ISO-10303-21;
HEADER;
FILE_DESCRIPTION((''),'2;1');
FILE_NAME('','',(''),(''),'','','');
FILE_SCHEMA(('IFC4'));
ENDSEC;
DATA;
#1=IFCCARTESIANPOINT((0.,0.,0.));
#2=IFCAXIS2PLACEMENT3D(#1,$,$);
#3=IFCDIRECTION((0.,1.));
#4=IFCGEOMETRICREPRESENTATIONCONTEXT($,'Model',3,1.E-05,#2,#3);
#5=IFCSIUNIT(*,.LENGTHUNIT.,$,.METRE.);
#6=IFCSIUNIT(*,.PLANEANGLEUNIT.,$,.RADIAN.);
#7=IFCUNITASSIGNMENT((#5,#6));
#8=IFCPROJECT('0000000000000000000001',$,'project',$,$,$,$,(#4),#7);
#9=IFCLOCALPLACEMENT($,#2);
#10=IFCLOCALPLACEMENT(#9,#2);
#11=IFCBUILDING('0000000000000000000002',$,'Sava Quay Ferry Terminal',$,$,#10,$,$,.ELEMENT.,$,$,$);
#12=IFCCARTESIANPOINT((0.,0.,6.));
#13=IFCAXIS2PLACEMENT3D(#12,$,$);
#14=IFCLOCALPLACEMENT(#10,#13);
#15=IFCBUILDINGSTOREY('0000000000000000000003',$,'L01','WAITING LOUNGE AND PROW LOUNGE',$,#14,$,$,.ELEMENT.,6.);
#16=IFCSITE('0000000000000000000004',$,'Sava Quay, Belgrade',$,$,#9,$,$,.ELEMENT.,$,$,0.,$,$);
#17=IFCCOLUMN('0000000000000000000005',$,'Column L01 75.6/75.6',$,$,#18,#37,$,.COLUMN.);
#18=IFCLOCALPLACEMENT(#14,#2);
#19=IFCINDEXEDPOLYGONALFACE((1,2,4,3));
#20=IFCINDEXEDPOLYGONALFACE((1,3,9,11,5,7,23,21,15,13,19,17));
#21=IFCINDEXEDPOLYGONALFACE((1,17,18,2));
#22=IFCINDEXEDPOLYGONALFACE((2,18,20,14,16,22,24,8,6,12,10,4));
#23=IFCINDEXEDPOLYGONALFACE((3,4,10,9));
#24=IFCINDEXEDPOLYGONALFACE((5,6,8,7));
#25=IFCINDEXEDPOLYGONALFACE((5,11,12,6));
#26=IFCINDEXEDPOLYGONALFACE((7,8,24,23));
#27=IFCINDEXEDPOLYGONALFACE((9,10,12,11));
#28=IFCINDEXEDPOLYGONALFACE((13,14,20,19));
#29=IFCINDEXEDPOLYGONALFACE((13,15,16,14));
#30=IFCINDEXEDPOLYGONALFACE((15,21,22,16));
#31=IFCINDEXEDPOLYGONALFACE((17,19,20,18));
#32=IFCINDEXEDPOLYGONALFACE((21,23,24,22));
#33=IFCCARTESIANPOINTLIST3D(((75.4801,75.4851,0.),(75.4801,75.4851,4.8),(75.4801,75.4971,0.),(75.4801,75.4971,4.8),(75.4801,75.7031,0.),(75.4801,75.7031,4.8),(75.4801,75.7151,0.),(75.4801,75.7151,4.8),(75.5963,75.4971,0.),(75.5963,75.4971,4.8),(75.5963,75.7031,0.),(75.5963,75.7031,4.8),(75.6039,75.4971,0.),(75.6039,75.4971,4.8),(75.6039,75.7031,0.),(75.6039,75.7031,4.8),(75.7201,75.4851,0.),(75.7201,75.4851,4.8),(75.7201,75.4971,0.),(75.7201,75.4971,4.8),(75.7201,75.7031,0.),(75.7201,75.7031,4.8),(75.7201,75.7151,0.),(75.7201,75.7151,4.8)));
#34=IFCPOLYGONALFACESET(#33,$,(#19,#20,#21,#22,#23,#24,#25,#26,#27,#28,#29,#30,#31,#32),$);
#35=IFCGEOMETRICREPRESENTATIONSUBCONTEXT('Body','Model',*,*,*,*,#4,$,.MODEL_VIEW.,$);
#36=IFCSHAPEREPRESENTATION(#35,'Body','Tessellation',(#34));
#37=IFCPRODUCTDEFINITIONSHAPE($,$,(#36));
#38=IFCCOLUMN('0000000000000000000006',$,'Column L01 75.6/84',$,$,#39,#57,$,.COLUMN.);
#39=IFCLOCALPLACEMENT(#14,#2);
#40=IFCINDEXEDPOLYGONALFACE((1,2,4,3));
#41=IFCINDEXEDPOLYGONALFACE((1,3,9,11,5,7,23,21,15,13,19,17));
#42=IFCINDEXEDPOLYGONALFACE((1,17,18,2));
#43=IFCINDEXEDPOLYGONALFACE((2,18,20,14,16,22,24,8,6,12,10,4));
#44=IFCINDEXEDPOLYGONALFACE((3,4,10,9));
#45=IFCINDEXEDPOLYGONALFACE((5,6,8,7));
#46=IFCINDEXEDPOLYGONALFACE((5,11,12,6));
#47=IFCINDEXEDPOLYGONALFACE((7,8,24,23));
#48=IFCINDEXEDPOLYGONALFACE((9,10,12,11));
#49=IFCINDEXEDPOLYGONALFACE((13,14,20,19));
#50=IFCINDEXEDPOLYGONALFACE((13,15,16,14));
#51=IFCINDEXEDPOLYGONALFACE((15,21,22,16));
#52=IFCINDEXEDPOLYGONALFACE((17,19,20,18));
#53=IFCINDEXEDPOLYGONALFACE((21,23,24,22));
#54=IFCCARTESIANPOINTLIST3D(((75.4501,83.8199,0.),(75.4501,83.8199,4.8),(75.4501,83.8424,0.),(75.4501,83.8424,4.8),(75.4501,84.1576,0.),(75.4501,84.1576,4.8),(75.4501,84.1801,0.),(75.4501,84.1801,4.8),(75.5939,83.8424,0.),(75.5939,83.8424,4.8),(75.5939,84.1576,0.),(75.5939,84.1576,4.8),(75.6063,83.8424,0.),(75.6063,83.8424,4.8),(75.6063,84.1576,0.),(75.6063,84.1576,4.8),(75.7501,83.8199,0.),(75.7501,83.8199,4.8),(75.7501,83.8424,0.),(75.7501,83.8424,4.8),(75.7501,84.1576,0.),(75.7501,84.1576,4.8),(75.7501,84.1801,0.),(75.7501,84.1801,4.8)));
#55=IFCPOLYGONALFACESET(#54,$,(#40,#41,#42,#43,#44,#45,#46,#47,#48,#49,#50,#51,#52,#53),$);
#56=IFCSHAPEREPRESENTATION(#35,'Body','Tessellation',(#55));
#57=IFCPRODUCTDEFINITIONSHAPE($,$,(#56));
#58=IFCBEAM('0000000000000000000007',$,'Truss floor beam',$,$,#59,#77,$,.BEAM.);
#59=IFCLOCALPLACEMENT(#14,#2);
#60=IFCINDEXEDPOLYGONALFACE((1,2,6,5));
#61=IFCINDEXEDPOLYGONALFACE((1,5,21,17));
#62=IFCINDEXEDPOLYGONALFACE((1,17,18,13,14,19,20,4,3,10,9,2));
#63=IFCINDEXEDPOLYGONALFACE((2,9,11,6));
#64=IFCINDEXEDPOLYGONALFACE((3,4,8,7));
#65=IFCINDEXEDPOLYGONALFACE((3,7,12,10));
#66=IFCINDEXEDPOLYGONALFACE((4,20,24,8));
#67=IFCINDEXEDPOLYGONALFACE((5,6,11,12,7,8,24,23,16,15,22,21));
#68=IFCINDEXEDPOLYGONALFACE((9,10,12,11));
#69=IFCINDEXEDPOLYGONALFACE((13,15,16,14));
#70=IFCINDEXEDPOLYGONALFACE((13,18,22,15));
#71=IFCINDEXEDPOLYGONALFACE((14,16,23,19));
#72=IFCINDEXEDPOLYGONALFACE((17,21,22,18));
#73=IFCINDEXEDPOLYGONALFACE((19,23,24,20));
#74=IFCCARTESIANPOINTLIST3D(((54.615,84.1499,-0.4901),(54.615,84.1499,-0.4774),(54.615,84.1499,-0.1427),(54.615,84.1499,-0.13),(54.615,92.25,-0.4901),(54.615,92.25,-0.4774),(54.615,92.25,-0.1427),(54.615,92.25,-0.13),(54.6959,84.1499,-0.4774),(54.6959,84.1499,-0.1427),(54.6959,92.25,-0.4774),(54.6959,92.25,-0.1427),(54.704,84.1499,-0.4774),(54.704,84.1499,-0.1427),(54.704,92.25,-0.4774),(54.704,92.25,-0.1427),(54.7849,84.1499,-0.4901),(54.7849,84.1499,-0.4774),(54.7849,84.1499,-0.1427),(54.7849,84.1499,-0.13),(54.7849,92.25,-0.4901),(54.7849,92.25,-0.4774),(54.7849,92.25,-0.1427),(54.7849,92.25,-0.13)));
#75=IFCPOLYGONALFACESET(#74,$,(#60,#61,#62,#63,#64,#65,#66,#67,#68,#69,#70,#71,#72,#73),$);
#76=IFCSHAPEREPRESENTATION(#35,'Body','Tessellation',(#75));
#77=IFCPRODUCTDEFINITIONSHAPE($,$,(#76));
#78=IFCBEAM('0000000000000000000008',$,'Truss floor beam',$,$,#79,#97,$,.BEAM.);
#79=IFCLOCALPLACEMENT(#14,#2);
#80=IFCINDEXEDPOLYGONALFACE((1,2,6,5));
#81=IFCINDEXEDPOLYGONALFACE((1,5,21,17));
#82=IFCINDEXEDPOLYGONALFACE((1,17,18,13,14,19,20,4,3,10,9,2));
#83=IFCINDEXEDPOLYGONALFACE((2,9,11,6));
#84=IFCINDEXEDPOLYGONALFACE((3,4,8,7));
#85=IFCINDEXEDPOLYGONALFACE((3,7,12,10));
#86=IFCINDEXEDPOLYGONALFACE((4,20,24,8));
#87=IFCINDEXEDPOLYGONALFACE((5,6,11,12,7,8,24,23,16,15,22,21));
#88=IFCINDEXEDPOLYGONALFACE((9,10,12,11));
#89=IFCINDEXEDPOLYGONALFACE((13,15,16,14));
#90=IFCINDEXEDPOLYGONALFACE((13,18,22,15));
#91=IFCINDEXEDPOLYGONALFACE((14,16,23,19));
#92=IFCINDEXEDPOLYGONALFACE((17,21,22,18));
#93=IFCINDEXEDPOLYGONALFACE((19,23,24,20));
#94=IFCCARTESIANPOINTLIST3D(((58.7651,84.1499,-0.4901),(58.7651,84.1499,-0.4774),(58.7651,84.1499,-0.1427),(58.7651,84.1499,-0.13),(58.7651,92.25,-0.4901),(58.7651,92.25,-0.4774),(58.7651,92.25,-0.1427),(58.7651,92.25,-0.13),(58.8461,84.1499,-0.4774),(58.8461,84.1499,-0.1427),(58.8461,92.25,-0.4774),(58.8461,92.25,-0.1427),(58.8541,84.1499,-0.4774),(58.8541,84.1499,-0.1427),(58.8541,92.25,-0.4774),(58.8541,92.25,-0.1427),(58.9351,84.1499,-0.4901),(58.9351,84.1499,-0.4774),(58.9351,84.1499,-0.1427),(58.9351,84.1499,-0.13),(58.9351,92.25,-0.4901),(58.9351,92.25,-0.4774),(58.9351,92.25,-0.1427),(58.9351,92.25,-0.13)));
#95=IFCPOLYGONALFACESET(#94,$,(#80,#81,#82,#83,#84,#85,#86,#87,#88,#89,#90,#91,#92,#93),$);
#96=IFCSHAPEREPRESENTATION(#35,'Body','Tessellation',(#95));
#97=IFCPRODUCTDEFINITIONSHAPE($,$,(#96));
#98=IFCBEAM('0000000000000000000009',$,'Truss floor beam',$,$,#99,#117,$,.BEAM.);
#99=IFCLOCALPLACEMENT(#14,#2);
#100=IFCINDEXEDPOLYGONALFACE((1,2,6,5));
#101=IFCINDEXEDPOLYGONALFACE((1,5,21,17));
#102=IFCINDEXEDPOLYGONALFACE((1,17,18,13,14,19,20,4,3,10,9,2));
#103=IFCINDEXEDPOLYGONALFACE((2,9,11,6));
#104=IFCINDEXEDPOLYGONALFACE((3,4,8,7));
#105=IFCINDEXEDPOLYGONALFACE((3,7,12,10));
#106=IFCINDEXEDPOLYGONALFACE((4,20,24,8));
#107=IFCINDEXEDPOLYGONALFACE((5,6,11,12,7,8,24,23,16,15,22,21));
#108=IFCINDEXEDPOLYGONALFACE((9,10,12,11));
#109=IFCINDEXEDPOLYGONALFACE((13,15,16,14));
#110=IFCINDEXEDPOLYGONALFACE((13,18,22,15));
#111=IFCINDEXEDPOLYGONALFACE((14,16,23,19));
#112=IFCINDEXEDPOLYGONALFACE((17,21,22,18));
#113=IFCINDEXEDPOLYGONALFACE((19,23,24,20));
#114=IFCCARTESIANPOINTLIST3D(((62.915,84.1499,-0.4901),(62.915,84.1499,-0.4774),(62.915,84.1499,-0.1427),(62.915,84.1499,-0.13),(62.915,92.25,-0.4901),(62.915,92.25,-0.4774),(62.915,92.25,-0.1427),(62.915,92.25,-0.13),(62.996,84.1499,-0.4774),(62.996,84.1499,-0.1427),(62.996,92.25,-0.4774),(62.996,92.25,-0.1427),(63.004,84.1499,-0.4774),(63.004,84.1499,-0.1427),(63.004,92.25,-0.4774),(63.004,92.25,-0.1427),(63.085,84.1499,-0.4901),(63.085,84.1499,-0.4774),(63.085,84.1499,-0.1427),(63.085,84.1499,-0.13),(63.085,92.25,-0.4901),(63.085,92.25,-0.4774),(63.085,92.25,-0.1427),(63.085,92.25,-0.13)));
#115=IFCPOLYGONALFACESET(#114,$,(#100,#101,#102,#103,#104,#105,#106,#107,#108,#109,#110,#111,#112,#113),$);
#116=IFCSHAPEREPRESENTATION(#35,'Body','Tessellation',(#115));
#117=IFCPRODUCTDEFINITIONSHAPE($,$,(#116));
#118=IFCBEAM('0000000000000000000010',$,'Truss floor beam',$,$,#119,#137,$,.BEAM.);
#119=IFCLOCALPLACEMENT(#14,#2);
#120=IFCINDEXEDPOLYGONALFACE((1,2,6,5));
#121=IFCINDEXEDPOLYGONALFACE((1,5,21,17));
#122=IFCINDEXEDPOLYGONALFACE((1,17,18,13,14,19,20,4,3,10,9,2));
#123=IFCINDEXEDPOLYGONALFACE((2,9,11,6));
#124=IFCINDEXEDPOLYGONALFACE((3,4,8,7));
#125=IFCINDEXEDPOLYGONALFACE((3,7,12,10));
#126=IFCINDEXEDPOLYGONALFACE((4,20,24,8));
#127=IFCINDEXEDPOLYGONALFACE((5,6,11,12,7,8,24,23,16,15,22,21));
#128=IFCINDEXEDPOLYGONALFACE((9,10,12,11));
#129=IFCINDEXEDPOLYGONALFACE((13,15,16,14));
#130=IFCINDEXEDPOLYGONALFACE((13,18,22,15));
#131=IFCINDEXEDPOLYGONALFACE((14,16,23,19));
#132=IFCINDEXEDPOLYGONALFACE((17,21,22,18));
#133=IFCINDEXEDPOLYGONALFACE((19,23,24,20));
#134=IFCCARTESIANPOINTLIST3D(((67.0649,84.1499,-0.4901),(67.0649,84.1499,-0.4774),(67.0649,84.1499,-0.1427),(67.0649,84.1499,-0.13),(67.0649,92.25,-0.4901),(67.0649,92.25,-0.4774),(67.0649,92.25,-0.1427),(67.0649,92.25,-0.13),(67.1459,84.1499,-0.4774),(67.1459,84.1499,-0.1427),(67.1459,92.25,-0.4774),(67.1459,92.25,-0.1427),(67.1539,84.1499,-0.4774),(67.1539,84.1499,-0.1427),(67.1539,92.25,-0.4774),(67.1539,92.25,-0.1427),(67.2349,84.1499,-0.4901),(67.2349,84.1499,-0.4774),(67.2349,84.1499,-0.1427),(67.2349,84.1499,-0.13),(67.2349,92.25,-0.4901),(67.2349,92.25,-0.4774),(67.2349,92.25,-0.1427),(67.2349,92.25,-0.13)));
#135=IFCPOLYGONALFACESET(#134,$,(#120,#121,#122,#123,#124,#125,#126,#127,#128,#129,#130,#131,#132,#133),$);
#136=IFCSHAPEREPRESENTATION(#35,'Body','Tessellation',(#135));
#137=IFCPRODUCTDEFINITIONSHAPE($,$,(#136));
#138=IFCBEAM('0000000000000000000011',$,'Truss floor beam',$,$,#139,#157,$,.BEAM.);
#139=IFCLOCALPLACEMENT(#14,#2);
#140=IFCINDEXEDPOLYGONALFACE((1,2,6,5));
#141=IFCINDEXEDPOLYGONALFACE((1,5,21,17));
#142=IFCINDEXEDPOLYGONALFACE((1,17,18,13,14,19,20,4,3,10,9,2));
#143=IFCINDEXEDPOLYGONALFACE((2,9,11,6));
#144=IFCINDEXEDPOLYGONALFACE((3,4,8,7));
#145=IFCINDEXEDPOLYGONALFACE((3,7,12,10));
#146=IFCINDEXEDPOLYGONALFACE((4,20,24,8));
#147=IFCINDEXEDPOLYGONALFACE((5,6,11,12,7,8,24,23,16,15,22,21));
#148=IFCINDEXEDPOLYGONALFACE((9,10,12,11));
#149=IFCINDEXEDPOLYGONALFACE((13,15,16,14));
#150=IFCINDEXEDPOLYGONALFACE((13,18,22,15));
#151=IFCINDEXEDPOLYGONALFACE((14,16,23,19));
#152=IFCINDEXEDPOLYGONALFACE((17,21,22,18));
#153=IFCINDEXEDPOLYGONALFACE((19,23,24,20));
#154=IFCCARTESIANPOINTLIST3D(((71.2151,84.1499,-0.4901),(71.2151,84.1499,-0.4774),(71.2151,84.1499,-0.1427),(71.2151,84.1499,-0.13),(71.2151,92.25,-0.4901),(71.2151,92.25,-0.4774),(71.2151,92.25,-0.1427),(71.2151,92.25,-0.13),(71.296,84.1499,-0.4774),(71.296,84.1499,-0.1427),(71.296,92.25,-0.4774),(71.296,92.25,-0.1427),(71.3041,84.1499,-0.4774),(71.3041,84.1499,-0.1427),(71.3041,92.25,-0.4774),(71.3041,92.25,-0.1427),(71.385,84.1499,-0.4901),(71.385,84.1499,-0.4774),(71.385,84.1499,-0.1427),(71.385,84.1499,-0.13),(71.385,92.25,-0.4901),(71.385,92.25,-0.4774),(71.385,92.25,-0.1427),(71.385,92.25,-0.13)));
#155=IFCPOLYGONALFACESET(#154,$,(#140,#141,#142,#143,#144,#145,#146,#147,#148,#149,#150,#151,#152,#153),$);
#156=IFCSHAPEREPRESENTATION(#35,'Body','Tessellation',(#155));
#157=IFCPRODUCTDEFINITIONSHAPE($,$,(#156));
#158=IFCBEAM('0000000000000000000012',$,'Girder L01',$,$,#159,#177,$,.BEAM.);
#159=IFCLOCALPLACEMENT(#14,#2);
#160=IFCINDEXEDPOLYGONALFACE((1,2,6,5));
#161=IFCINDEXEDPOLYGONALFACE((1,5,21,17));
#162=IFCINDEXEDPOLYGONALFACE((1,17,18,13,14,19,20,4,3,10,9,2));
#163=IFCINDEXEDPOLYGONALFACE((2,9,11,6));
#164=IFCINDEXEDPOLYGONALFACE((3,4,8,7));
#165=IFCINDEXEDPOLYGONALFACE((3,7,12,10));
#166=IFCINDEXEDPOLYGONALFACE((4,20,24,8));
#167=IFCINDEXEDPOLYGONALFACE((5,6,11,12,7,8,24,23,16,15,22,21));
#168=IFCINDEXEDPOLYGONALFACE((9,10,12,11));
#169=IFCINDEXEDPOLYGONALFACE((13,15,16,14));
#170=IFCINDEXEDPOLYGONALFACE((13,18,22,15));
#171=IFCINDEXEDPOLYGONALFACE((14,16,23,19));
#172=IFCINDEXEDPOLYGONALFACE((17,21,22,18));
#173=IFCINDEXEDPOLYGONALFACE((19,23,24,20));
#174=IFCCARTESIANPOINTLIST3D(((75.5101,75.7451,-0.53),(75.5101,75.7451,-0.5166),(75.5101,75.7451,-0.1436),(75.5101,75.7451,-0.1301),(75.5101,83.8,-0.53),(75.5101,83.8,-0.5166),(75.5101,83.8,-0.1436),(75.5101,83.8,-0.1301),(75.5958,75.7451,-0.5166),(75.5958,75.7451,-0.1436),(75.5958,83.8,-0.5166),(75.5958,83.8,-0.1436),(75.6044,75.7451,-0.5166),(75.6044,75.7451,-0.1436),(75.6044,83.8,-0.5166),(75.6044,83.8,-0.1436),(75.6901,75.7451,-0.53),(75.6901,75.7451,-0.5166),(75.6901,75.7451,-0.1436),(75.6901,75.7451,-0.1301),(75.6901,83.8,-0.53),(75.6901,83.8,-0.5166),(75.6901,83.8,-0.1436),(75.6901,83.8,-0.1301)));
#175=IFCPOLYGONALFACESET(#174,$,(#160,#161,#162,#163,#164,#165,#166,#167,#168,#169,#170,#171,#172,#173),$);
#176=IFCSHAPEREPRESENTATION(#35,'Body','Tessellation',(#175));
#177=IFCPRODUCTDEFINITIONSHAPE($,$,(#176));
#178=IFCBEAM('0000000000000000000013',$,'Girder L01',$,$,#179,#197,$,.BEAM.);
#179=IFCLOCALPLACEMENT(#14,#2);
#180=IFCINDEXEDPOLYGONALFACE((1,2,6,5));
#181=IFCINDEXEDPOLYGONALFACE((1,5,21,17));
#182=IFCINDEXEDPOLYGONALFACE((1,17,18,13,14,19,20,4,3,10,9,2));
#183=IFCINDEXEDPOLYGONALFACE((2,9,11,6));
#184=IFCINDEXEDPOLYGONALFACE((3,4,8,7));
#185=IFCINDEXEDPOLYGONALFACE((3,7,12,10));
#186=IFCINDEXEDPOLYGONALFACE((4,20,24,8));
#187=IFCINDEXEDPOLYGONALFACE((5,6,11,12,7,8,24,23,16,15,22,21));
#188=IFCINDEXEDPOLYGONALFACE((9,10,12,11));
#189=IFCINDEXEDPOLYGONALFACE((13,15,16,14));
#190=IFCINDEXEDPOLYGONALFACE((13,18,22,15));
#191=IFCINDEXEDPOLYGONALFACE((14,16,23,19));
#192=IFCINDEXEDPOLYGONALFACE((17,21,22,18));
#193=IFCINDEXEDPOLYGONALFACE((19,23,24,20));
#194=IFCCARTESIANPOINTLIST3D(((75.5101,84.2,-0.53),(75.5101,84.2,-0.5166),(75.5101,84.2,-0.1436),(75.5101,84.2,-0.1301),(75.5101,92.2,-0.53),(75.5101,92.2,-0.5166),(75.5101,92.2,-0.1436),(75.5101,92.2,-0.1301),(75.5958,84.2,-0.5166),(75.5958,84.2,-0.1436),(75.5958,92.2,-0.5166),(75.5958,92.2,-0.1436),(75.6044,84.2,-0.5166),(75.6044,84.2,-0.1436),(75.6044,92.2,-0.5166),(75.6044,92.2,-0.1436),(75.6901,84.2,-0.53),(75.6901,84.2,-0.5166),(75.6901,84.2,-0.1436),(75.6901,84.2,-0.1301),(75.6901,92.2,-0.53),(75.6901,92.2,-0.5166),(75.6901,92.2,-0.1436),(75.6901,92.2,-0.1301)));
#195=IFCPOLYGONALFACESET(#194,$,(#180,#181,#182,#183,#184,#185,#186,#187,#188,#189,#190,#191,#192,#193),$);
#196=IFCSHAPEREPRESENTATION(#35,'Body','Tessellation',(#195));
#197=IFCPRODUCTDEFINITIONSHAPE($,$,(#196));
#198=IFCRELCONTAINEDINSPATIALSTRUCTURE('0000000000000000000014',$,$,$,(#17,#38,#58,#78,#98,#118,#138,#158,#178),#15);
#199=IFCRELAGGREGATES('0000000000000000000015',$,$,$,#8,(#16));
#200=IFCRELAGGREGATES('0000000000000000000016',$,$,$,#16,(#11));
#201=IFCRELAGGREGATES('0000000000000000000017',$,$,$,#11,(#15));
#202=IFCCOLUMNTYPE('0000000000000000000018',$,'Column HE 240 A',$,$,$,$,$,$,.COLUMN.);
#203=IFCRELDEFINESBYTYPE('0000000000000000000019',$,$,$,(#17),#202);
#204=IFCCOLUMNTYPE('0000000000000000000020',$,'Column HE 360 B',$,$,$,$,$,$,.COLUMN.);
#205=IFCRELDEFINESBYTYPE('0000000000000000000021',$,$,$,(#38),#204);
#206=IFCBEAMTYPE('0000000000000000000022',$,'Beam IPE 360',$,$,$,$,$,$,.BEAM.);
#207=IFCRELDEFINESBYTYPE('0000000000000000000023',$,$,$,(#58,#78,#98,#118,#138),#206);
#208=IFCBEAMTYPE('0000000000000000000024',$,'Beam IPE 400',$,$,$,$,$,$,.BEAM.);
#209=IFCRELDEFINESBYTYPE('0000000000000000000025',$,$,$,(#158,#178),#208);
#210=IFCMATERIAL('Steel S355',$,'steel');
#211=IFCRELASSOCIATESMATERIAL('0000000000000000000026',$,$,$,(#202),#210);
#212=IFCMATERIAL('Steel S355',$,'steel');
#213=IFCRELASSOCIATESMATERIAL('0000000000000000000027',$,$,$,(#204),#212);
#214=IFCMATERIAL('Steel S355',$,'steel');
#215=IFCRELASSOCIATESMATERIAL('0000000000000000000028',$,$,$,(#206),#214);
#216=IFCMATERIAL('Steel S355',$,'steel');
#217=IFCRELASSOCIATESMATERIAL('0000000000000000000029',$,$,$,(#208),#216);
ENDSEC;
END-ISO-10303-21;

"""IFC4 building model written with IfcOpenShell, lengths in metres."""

from ifc_helpers import new_model, si_unit, direction, frame, origin, origin_2d, place, context, subcontext, project, spatial, i_section, extrude, material, material_profile, profile_set, type_object, element, save


model = new_model("IFC4")

# Units and contexts
model_context = context("Model", 3, precision=1e-05, world=origin(), true_north=direction((0.0, 1.0)))
body_context = subcontext(model_context, "Body", "Model", "MODEL_VIEW")
ifc_project = project(units=[si_unit("LENGTHUNIT", "METRE"), si_unit("PLANEANGLEUNIT", "RADIAN")], contexts=[model_context])

# Site, building, storey
site_placement = place(None, origin())
site = spatial("IfcSite", under=ifc_project, at=site_placement, Name="Sava Quay, Belgrade", CompositionType="ELEMENT", RefElevation=0.0)
building_placement = place(site_placement, origin())
building = spatial("IfcBuilding", under=site, at=building_placement, Name="Sava Quay Ferry Terminal", CompositionType="ELEMENT")
storey_placement = place(building_placement, frame((0.0, 0.0, 6.0)))
storey = spatial("IfcBuildingStorey", under=building, at=storey_placement, Name="L01", Description="WAITING LOUNGE AND PROW LOUNGE", CompositionType="ELEMENT", Elevation=6.0)

# Columns
ifc_material_1 = material(Name="Steel S355", Category="steel")
ifc_material_profile_1 = material_profile(ifc_material_1, i_section(OverallWidth=0.24, OverallDepth=0.23, WebThickness=0.0076, FlangeThickness=0.012, at=origin_2d()), Name="HE 240 A")
ifc_profile_set_1 = profile_set([ifc_material_profile_1], Name="Steel S355")
column_type_1 = type_object("IfcColumnType", Name="Column HE 240 A", PredefinedType="COLUMN", material=ifc_profile_set_1)
column_1_placement = place(storey_placement, frame((75.6001, 75.6001, 0.0), z_axis=(0.0, 0.0, 1.0), x_axis=(1.0, 0.0, 0.0)))
element("IfcColumn", 1, at=column_1_placement, inside=storey, type_object=column_type_1, Name="Column L01 75.6/75.6", PredefinedType="COLUMN", context=body_context, shape_type="SweptSolid", body=[
    extrude(i_section(OverallWidth=0.24, OverallDepth=0.23, WebThickness=0.0076, FlangeThickness=0.012, at=origin_2d()), origin(), (0.0, 0.0, 1.0), 4.8),
])
ifc_material_2 = material(Name="Steel S355", Category="steel")
ifc_material_profile_2 = material_profile(ifc_material_2, i_section(OverallWidth=0.3, OverallDepth=0.3601, WebThickness=0.0125, FlangeThickness=0.0225, at=origin_2d()), Name="HE 360 B")
ifc_profile_set_2 = profile_set([ifc_material_profile_2], Name="Steel S355")
column_type_2 = type_object("IfcColumnType", Name="Column HE 360 B", PredefinedType="COLUMN", material=ifc_profile_set_2)
column_2_placement = place(storey_placement, frame((75.6001, 84.0, 0.0), z_axis=(0.0, 0.0, 1.0), x_axis=(1.0, 0.0, 0.0)))
element("IfcColumn", 2, at=column_2_placement, inside=storey, type_object=column_type_2, Name="Column L01 75.6/84", PredefinedType="COLUMN", context=body_context, shape_type="SweptSolid", body=[
    extrude(i_section(OverallWidth=0.3, OverallDepth=0.3601, WebThickness=0.0125, FlangeThickness=0.0225, at=origin_2d()), origin(), (0.0, 0.0, 1.0), 4.8),
])

# Beams
ifc_material_3 = material(Name="Steel S355", Category="steel")
ifc_material_profile_3 = material_profile(ifc_material_3, i_section(OverallWidth=0.1699, OverallDepth=0.3601, WebThickness=0.0081, FlangeThickness=0.0127, at=origin_2d()), Name="IPE 360")
ifc_profile_set_3 = profile_set([ifc_material_profile_3], Name="Steel S355")
beam_type_1 = type_object("IfcBeamType", Name="Beam IPE 360", PredefinedType="BEAM", material=ifc_profile_set_3)
for number, where, z_axis, x_axis, name in (
    (3, (54.7, 84.1499, -0.3101), (0.0, 1.0, 0.0), (-1.0, 0.0, 0.0), "Truss floor beam"),
    (4, (58.8501, 84.1499, -0.3101), (0.0, 1.0, 0.0), (-1.0, 0.0, 0.0), "Truss floor beam"),
    (5, (63.0, 84.1499, -0.3101), (0.0, 1.0, 0.0), (-1.0, 0.0, 0.0), "Truss floor beam"),
    (6, (67.1499, 84.1499, -0.3101), (0.0, 1.0, 0.0), (-1.0, 0.0, 0.0), "Truss floor beam"),
    (7, (71.3, 84.1499, -0.3101), (0.0, 1.0, 0.0), (-1.0, 0.0, 0.0), "Truss floor beam"),
):
    element("IfcBeam", number, at=place(storey_placement, frame(where, z_axis=z_axis, x_axis=x_axis)), inside=storey, type_object=beam_type_1, Name=name, PredefinedType="BEAM", context=body_context, shape_type="SweptSolid", body=[
        extrude(i_section(OverallWidth=0.1699, OverallDepth=0.3601, WebThickness=0.0081, FlangeThickness=0.0127, at=origin_2d()), origin(), (0.0, 0.0, 1.0), 8.1001),
    ])
ifc_material_4 = material(Name="Steel S355", Category="steel")
ifc_material_profile_4 = material_profile(ifc_material_4, i_section(OverallWidth=0.1799, OverallDepth=0.3999, WebThickness=0.0085, FlangeThickness=0.0134, at=origin_2d()), Name="IPE 400")
ifc_profile_set_4 = profile_set([ifc_material_profile_4], Name="Steel S355")
beam_type_2 = type_object("IfcBeamType", Name="Beam IPE 400", PredefinedType="BEAM", material=ifc_profile_set_4)
beam_1_placement = place(storey_placement, frame((75.6001, 75.7451, -0.3301), z_axis=(0.0, 1.0, 0.0), x_axis=(-1.0, 0.0, 0.0)))
element("IfcBeam", 8, at=beam_1_placement, inside=storey, type_object=beam_type_2, Name="Girder L01", PredefinedType="BEAM", context=body_context, shape_type="SweptSolid", body=[
    extrude(i_section(OverallWidth=0.1799, OverallDepth=0.3999, WebThickness=0.0085, FlangeThickness=0.0134, at=origin_2d()), origin(), (0.0, 0.0, 1.0), 8.0549),
])
beam_2_placement = place(storey_placement, frame((75.6001, 84.2, -0.3301), z_axis=(0.0, 1.0, 0.0), x_axis=(-1.0, 0.0, 0.0)))
element("IfcBeam", 9, at=beam_2_placement, inside=storey, type_object=beam_type_2, Name="Girder L01", PredefinedType="BEAM", context=body_context, shape_type="SweptSolid", body=[
    extrude(i_section(OverallWidth=0.1799, OverallDepth=0.3999, WebThickness=0.0085, FlangeThickness=0.0134, at=origin_2d()), origin(), (0.0, 0.0, 1.0), 8.0),
])

save(model, "model.ifc")
